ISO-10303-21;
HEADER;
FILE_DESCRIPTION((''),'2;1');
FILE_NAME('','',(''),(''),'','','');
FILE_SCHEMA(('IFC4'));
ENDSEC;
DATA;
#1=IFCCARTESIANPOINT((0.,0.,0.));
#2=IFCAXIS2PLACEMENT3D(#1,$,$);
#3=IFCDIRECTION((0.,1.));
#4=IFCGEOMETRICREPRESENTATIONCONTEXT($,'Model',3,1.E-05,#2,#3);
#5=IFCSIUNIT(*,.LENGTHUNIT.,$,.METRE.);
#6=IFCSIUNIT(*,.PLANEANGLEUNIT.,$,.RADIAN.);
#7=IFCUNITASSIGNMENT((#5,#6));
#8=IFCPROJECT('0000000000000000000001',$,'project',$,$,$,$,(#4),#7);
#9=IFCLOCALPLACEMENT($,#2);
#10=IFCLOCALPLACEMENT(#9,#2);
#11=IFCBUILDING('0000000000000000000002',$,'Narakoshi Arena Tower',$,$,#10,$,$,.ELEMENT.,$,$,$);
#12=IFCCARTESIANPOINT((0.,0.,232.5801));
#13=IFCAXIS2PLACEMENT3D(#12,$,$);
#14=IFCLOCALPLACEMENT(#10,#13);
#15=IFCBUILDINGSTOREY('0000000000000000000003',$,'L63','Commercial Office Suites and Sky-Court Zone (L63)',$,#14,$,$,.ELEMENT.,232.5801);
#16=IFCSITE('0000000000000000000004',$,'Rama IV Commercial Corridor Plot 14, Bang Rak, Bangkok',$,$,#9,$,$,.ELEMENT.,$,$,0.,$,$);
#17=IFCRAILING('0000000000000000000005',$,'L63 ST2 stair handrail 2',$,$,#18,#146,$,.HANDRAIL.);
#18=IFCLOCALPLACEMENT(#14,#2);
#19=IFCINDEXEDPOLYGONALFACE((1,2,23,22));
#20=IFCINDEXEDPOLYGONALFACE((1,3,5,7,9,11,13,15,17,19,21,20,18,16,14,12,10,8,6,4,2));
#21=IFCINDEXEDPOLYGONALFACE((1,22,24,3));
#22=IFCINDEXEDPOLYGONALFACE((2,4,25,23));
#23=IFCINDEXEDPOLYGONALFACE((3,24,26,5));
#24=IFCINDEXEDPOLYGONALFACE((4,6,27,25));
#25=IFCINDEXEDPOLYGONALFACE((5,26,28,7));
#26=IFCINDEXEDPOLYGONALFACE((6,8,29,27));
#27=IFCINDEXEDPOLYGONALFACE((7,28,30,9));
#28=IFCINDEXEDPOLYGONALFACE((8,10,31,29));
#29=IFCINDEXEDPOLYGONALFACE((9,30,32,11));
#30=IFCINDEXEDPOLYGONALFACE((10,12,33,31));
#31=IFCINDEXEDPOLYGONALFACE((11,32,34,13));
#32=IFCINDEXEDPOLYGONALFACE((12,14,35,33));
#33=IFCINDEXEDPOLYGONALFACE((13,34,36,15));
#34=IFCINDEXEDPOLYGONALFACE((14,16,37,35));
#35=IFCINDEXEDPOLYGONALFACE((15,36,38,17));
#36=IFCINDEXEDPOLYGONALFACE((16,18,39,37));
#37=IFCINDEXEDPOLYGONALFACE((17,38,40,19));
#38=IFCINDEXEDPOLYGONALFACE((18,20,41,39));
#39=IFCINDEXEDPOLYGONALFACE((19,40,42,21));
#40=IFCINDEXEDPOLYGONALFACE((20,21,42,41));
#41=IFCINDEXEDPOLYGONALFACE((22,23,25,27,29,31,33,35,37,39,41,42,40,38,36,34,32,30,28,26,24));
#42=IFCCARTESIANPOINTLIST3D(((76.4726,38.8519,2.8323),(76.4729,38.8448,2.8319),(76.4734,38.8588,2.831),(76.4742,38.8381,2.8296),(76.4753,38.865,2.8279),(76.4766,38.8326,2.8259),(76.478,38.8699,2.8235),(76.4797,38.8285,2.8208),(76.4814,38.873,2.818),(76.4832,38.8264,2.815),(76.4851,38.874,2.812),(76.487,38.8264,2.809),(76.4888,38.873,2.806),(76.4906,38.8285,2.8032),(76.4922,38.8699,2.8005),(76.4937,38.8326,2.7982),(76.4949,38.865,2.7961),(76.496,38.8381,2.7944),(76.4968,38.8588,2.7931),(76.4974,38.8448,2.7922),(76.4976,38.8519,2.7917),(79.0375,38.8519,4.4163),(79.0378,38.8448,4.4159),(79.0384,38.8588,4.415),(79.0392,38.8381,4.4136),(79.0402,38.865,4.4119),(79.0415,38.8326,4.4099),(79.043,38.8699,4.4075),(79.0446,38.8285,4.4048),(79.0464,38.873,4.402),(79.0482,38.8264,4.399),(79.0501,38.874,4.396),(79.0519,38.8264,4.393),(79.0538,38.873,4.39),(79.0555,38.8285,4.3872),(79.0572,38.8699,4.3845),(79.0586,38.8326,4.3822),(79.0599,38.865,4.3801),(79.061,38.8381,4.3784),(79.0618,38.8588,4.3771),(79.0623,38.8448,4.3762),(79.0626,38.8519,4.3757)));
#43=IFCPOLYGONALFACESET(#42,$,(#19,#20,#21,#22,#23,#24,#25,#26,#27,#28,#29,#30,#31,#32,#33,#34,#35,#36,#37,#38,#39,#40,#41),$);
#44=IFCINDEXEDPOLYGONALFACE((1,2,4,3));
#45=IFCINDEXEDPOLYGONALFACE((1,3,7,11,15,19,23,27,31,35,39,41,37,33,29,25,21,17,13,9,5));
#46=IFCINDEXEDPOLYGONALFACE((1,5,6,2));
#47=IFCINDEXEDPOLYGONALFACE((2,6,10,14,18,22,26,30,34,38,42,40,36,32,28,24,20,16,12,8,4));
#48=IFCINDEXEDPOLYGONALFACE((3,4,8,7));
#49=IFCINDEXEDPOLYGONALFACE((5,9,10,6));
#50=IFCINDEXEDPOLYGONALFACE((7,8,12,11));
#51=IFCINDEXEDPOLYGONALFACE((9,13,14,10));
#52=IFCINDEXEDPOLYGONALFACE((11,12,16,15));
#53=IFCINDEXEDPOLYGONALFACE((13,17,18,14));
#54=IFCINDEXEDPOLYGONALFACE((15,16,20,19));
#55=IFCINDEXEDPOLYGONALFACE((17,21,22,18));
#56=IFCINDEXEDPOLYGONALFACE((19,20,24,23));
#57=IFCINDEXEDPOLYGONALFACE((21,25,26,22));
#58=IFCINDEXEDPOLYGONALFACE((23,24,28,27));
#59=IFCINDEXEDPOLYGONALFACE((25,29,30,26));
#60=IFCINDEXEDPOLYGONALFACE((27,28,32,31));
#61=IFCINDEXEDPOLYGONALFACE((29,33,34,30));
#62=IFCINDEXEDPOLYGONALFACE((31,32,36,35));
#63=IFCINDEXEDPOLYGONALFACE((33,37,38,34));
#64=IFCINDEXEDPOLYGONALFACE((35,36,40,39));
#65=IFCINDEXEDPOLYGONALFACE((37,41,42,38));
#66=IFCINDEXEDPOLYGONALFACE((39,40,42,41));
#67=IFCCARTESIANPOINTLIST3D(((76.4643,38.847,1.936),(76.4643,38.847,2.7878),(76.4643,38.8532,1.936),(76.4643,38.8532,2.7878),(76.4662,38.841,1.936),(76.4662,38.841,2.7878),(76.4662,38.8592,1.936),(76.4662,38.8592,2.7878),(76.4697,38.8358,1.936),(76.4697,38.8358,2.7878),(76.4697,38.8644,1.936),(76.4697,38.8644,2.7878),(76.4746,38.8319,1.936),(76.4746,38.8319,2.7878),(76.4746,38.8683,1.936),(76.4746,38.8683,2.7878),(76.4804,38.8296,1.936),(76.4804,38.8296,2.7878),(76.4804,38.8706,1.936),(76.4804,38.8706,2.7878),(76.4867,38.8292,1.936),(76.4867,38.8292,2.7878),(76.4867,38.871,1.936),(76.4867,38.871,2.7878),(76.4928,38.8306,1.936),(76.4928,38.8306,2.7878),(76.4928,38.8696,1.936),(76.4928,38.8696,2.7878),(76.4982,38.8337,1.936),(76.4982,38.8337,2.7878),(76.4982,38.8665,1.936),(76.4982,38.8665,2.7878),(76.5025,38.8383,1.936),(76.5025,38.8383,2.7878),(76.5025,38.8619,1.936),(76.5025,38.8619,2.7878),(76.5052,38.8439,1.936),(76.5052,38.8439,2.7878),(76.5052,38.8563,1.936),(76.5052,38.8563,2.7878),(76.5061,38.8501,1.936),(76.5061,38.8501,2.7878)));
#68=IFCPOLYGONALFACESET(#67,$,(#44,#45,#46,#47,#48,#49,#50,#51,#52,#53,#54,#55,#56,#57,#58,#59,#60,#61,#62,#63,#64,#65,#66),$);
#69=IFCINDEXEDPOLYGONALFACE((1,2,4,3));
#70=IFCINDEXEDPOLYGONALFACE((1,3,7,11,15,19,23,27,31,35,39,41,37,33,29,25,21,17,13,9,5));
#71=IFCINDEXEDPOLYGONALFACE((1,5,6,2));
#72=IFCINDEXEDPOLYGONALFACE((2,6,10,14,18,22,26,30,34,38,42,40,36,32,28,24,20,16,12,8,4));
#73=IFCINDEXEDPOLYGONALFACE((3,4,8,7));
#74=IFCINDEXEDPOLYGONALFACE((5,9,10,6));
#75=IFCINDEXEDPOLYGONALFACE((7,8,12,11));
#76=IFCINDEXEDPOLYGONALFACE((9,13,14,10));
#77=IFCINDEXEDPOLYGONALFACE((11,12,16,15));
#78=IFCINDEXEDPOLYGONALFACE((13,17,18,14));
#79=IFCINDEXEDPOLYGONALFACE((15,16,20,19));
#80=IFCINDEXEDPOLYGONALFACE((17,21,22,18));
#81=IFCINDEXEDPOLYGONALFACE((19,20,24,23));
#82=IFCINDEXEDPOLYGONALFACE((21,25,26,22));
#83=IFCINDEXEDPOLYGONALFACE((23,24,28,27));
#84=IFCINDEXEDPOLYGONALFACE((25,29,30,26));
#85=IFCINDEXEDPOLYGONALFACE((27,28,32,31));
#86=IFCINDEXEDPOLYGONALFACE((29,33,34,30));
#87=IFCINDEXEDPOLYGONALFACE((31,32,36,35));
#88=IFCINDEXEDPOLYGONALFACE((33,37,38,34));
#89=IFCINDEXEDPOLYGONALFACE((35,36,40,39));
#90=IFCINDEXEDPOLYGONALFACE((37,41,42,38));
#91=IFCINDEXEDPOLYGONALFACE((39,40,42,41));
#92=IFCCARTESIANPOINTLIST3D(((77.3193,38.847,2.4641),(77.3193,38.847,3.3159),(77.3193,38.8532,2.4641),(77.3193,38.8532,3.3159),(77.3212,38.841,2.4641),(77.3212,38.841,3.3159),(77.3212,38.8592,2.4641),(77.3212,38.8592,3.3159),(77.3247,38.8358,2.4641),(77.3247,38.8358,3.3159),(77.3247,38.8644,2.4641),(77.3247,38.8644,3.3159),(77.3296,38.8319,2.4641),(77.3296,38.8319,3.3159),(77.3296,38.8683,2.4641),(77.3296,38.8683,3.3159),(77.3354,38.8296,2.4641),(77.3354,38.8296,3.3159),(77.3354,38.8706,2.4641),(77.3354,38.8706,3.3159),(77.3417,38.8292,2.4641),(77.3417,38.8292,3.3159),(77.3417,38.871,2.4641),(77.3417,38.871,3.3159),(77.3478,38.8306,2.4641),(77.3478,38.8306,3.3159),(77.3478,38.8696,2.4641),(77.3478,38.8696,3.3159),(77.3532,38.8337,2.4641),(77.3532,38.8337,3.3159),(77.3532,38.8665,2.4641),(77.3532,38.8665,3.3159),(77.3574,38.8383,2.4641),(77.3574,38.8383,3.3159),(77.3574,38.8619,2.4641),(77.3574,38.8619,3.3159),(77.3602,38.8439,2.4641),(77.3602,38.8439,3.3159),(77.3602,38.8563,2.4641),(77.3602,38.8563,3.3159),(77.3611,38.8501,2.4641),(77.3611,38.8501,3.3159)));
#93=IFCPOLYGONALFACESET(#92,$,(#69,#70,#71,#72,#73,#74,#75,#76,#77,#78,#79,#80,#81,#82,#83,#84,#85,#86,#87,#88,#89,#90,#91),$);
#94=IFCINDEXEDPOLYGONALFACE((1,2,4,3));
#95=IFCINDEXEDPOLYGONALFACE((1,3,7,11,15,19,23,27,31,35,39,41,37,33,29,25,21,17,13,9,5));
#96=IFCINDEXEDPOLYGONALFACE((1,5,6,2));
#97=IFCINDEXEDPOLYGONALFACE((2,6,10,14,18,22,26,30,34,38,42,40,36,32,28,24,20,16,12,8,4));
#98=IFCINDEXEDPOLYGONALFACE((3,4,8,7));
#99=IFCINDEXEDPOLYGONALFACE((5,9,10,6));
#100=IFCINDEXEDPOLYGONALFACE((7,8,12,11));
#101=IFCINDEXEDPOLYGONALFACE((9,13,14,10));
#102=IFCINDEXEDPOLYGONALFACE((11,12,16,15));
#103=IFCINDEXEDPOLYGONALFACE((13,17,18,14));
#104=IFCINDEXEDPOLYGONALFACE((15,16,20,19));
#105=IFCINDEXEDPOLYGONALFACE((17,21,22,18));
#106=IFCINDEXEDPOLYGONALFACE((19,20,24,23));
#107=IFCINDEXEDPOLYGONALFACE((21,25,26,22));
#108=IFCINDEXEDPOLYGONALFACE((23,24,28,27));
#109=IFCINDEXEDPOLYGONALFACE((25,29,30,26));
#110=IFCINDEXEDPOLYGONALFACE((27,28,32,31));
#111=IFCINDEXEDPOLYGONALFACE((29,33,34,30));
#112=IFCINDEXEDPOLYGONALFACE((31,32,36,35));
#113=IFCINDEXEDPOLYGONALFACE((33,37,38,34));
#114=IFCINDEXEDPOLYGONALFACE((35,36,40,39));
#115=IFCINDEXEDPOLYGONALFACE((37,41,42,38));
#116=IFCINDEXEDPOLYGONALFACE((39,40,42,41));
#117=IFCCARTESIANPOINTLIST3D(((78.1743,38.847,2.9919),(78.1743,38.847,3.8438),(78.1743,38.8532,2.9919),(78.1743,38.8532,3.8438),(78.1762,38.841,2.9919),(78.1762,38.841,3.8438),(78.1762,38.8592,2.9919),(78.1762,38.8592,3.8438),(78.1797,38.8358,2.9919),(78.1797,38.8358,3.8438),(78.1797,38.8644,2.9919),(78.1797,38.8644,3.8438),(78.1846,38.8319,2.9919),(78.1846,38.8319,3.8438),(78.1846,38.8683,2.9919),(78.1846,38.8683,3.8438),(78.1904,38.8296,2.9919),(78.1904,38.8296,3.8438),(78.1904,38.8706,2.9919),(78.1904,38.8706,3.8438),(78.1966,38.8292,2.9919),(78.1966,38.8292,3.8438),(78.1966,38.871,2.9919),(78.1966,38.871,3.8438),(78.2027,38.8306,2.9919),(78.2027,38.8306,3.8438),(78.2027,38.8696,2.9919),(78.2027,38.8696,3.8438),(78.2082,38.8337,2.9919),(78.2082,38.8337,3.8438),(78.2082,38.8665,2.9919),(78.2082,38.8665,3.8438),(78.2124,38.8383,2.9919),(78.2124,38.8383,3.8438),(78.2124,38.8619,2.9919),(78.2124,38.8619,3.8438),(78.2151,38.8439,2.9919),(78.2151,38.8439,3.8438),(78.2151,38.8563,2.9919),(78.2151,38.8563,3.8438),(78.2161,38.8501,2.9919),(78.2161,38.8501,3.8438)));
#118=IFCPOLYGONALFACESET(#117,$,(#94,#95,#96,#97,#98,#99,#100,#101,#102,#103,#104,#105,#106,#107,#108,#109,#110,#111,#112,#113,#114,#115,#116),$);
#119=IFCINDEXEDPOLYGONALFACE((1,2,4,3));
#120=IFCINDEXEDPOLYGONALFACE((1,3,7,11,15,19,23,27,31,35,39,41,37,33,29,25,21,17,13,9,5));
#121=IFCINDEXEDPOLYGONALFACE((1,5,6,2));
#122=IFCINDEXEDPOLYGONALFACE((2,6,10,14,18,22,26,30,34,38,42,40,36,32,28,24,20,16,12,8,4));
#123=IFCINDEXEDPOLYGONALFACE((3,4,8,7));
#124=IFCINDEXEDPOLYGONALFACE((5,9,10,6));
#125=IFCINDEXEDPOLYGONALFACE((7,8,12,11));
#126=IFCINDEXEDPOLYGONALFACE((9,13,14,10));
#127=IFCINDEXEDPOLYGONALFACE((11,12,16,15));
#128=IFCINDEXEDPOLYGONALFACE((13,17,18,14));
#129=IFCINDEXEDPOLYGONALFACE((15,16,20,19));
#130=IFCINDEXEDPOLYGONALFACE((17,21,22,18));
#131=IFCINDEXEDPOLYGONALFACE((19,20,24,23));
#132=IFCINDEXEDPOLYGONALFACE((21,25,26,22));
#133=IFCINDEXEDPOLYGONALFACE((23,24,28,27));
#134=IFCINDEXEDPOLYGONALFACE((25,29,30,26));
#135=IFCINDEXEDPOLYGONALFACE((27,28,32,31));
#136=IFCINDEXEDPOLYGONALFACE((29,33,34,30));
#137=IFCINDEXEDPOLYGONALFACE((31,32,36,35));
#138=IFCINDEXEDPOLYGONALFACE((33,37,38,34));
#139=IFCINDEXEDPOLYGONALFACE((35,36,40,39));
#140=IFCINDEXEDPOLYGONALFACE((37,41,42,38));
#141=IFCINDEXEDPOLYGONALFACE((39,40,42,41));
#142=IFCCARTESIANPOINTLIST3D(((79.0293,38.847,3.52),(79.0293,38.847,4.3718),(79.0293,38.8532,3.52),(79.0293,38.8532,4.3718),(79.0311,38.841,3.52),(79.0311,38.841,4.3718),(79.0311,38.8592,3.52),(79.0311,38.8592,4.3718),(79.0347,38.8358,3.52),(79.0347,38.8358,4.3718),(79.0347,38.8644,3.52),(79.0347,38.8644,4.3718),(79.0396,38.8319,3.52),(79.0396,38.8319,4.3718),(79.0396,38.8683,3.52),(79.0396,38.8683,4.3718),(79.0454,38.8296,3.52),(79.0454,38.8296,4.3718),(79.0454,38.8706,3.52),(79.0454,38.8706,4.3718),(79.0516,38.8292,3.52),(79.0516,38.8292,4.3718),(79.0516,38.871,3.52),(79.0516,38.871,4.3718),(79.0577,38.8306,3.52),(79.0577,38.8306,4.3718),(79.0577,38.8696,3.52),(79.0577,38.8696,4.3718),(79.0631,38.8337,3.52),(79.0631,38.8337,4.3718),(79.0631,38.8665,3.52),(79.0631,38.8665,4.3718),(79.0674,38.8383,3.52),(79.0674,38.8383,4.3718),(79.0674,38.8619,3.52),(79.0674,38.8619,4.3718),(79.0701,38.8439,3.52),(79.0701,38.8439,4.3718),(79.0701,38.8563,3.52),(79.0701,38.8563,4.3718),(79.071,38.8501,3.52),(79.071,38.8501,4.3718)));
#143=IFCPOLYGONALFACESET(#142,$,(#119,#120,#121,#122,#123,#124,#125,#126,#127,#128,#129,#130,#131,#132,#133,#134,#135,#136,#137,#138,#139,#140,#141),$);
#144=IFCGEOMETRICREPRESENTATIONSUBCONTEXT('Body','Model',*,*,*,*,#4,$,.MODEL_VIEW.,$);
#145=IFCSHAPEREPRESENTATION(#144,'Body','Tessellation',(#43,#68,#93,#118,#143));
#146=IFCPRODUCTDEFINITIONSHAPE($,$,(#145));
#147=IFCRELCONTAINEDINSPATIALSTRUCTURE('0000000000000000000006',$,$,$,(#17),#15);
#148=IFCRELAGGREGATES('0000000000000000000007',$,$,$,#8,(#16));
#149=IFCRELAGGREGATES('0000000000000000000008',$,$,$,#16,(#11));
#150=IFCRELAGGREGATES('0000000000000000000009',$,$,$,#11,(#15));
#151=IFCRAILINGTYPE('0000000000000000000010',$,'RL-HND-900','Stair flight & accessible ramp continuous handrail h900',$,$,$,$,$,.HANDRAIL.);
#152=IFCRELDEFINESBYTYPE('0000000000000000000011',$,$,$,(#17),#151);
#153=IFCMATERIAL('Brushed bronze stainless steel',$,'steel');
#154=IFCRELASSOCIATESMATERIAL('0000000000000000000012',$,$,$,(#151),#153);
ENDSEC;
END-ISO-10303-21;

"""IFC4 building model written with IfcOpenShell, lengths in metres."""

from ifc_helpers import new_model, si_unit, direction, frame, origin, origin_2d, place, context, subcontext, project, spatial, circle, extrude, material, type_object, element, save


model = new_model("IFC4")

# Units and contexts
model_context = context("Model", 3, precision=1e-05, world=origin(), true_north=direction((0.0, 1.0)))
body_context = subcontext(model_context, "Body", "Model", "MODEL_VIEW")
ifc_project = project(units=[si_unit("LENGTHUNIT", "METRE"), si_unit("PLANEANGLEUNIT", "RADIAN")], contexts=[model_context])

# Site, building, storey
site_placement = place(None, origin())
site = spatial("IfcSite", under=ifc_project, at=site_placement, Name="Rama IV Commercial Corridor Plot 14, Bang Rak, Bangkok", CompositionType="ELEMENT", RefElevation=0.0)
building_placement = place(site_placement, origin())
building = spatial("IfcBuilding", under=site, at=building_placement, Name="Narakoshi Arena Tower", CompositionType="ELEMENT")
storey_placement = place(building_placement, frame((0.0, 0.0, 232.5801)))
storey = spatial("IfcBuildingStorey", under=building, at=storey_placement, Name="L63", Description="Commercial Office Suites and Sky-Court Zone (L63)", CompositionType="ELEMENT", Elevation=232.5801)

# Railing
ifc_material_1 = material(Name="Brushed bronze stainless steel", Category="steel")
railing_type_1 = type_object("IfcRailingType", Name="RL-HND-900", Description="Stair flight & accessible ramp continuous handrail h900", PredefinedType="HANDRAIL", material=ifc_material_1)
railing_1_placement = place(storey_placement, frame((76.4851, 38.8501, 1.936)))
element("IfcRailing", 1, at=railing_1_placement, inside=storey, type_object=railing_type_1, Name="L63 ST2 stair handrail 2", PredefinedType="HANDRAIL", context=body_context, shape_type="SweptSolid", body=[
    extrude(circle(Radius=0.0239, at=origin_2d()), frame((0.0, 0.0, 0.876), z_axis=(0.850834, 0.0, 0.525434), x_axis=(0.0, 1.0, 0.0)), (0.0, 0.0, 1.0), 3.0146),
    extrude(circle(Radius=0.021, at=origin_2d()), origin(), (0.0, 0.0, 1.0), 0.8518),
    extrude(circle(Radius=0.021, at=origin_2d()), frame((0.855, 0.0, 0.5281)), (0.0, 0.0, 1.0), 0.8518),
    extrude(circle(Radius=0.021, at=origin_2d()), frame((1.71, 0.0, 1.0559)), (0.0, 0.0, 1.0), 0.8518),
    extrude(circle(Radius=0.021, at=origin_2d()), frame((2.5649, 0.0, 1.584)), (0.0, 0.0, 1.0), 0.8518),
])

save(model, "model.ifc")
